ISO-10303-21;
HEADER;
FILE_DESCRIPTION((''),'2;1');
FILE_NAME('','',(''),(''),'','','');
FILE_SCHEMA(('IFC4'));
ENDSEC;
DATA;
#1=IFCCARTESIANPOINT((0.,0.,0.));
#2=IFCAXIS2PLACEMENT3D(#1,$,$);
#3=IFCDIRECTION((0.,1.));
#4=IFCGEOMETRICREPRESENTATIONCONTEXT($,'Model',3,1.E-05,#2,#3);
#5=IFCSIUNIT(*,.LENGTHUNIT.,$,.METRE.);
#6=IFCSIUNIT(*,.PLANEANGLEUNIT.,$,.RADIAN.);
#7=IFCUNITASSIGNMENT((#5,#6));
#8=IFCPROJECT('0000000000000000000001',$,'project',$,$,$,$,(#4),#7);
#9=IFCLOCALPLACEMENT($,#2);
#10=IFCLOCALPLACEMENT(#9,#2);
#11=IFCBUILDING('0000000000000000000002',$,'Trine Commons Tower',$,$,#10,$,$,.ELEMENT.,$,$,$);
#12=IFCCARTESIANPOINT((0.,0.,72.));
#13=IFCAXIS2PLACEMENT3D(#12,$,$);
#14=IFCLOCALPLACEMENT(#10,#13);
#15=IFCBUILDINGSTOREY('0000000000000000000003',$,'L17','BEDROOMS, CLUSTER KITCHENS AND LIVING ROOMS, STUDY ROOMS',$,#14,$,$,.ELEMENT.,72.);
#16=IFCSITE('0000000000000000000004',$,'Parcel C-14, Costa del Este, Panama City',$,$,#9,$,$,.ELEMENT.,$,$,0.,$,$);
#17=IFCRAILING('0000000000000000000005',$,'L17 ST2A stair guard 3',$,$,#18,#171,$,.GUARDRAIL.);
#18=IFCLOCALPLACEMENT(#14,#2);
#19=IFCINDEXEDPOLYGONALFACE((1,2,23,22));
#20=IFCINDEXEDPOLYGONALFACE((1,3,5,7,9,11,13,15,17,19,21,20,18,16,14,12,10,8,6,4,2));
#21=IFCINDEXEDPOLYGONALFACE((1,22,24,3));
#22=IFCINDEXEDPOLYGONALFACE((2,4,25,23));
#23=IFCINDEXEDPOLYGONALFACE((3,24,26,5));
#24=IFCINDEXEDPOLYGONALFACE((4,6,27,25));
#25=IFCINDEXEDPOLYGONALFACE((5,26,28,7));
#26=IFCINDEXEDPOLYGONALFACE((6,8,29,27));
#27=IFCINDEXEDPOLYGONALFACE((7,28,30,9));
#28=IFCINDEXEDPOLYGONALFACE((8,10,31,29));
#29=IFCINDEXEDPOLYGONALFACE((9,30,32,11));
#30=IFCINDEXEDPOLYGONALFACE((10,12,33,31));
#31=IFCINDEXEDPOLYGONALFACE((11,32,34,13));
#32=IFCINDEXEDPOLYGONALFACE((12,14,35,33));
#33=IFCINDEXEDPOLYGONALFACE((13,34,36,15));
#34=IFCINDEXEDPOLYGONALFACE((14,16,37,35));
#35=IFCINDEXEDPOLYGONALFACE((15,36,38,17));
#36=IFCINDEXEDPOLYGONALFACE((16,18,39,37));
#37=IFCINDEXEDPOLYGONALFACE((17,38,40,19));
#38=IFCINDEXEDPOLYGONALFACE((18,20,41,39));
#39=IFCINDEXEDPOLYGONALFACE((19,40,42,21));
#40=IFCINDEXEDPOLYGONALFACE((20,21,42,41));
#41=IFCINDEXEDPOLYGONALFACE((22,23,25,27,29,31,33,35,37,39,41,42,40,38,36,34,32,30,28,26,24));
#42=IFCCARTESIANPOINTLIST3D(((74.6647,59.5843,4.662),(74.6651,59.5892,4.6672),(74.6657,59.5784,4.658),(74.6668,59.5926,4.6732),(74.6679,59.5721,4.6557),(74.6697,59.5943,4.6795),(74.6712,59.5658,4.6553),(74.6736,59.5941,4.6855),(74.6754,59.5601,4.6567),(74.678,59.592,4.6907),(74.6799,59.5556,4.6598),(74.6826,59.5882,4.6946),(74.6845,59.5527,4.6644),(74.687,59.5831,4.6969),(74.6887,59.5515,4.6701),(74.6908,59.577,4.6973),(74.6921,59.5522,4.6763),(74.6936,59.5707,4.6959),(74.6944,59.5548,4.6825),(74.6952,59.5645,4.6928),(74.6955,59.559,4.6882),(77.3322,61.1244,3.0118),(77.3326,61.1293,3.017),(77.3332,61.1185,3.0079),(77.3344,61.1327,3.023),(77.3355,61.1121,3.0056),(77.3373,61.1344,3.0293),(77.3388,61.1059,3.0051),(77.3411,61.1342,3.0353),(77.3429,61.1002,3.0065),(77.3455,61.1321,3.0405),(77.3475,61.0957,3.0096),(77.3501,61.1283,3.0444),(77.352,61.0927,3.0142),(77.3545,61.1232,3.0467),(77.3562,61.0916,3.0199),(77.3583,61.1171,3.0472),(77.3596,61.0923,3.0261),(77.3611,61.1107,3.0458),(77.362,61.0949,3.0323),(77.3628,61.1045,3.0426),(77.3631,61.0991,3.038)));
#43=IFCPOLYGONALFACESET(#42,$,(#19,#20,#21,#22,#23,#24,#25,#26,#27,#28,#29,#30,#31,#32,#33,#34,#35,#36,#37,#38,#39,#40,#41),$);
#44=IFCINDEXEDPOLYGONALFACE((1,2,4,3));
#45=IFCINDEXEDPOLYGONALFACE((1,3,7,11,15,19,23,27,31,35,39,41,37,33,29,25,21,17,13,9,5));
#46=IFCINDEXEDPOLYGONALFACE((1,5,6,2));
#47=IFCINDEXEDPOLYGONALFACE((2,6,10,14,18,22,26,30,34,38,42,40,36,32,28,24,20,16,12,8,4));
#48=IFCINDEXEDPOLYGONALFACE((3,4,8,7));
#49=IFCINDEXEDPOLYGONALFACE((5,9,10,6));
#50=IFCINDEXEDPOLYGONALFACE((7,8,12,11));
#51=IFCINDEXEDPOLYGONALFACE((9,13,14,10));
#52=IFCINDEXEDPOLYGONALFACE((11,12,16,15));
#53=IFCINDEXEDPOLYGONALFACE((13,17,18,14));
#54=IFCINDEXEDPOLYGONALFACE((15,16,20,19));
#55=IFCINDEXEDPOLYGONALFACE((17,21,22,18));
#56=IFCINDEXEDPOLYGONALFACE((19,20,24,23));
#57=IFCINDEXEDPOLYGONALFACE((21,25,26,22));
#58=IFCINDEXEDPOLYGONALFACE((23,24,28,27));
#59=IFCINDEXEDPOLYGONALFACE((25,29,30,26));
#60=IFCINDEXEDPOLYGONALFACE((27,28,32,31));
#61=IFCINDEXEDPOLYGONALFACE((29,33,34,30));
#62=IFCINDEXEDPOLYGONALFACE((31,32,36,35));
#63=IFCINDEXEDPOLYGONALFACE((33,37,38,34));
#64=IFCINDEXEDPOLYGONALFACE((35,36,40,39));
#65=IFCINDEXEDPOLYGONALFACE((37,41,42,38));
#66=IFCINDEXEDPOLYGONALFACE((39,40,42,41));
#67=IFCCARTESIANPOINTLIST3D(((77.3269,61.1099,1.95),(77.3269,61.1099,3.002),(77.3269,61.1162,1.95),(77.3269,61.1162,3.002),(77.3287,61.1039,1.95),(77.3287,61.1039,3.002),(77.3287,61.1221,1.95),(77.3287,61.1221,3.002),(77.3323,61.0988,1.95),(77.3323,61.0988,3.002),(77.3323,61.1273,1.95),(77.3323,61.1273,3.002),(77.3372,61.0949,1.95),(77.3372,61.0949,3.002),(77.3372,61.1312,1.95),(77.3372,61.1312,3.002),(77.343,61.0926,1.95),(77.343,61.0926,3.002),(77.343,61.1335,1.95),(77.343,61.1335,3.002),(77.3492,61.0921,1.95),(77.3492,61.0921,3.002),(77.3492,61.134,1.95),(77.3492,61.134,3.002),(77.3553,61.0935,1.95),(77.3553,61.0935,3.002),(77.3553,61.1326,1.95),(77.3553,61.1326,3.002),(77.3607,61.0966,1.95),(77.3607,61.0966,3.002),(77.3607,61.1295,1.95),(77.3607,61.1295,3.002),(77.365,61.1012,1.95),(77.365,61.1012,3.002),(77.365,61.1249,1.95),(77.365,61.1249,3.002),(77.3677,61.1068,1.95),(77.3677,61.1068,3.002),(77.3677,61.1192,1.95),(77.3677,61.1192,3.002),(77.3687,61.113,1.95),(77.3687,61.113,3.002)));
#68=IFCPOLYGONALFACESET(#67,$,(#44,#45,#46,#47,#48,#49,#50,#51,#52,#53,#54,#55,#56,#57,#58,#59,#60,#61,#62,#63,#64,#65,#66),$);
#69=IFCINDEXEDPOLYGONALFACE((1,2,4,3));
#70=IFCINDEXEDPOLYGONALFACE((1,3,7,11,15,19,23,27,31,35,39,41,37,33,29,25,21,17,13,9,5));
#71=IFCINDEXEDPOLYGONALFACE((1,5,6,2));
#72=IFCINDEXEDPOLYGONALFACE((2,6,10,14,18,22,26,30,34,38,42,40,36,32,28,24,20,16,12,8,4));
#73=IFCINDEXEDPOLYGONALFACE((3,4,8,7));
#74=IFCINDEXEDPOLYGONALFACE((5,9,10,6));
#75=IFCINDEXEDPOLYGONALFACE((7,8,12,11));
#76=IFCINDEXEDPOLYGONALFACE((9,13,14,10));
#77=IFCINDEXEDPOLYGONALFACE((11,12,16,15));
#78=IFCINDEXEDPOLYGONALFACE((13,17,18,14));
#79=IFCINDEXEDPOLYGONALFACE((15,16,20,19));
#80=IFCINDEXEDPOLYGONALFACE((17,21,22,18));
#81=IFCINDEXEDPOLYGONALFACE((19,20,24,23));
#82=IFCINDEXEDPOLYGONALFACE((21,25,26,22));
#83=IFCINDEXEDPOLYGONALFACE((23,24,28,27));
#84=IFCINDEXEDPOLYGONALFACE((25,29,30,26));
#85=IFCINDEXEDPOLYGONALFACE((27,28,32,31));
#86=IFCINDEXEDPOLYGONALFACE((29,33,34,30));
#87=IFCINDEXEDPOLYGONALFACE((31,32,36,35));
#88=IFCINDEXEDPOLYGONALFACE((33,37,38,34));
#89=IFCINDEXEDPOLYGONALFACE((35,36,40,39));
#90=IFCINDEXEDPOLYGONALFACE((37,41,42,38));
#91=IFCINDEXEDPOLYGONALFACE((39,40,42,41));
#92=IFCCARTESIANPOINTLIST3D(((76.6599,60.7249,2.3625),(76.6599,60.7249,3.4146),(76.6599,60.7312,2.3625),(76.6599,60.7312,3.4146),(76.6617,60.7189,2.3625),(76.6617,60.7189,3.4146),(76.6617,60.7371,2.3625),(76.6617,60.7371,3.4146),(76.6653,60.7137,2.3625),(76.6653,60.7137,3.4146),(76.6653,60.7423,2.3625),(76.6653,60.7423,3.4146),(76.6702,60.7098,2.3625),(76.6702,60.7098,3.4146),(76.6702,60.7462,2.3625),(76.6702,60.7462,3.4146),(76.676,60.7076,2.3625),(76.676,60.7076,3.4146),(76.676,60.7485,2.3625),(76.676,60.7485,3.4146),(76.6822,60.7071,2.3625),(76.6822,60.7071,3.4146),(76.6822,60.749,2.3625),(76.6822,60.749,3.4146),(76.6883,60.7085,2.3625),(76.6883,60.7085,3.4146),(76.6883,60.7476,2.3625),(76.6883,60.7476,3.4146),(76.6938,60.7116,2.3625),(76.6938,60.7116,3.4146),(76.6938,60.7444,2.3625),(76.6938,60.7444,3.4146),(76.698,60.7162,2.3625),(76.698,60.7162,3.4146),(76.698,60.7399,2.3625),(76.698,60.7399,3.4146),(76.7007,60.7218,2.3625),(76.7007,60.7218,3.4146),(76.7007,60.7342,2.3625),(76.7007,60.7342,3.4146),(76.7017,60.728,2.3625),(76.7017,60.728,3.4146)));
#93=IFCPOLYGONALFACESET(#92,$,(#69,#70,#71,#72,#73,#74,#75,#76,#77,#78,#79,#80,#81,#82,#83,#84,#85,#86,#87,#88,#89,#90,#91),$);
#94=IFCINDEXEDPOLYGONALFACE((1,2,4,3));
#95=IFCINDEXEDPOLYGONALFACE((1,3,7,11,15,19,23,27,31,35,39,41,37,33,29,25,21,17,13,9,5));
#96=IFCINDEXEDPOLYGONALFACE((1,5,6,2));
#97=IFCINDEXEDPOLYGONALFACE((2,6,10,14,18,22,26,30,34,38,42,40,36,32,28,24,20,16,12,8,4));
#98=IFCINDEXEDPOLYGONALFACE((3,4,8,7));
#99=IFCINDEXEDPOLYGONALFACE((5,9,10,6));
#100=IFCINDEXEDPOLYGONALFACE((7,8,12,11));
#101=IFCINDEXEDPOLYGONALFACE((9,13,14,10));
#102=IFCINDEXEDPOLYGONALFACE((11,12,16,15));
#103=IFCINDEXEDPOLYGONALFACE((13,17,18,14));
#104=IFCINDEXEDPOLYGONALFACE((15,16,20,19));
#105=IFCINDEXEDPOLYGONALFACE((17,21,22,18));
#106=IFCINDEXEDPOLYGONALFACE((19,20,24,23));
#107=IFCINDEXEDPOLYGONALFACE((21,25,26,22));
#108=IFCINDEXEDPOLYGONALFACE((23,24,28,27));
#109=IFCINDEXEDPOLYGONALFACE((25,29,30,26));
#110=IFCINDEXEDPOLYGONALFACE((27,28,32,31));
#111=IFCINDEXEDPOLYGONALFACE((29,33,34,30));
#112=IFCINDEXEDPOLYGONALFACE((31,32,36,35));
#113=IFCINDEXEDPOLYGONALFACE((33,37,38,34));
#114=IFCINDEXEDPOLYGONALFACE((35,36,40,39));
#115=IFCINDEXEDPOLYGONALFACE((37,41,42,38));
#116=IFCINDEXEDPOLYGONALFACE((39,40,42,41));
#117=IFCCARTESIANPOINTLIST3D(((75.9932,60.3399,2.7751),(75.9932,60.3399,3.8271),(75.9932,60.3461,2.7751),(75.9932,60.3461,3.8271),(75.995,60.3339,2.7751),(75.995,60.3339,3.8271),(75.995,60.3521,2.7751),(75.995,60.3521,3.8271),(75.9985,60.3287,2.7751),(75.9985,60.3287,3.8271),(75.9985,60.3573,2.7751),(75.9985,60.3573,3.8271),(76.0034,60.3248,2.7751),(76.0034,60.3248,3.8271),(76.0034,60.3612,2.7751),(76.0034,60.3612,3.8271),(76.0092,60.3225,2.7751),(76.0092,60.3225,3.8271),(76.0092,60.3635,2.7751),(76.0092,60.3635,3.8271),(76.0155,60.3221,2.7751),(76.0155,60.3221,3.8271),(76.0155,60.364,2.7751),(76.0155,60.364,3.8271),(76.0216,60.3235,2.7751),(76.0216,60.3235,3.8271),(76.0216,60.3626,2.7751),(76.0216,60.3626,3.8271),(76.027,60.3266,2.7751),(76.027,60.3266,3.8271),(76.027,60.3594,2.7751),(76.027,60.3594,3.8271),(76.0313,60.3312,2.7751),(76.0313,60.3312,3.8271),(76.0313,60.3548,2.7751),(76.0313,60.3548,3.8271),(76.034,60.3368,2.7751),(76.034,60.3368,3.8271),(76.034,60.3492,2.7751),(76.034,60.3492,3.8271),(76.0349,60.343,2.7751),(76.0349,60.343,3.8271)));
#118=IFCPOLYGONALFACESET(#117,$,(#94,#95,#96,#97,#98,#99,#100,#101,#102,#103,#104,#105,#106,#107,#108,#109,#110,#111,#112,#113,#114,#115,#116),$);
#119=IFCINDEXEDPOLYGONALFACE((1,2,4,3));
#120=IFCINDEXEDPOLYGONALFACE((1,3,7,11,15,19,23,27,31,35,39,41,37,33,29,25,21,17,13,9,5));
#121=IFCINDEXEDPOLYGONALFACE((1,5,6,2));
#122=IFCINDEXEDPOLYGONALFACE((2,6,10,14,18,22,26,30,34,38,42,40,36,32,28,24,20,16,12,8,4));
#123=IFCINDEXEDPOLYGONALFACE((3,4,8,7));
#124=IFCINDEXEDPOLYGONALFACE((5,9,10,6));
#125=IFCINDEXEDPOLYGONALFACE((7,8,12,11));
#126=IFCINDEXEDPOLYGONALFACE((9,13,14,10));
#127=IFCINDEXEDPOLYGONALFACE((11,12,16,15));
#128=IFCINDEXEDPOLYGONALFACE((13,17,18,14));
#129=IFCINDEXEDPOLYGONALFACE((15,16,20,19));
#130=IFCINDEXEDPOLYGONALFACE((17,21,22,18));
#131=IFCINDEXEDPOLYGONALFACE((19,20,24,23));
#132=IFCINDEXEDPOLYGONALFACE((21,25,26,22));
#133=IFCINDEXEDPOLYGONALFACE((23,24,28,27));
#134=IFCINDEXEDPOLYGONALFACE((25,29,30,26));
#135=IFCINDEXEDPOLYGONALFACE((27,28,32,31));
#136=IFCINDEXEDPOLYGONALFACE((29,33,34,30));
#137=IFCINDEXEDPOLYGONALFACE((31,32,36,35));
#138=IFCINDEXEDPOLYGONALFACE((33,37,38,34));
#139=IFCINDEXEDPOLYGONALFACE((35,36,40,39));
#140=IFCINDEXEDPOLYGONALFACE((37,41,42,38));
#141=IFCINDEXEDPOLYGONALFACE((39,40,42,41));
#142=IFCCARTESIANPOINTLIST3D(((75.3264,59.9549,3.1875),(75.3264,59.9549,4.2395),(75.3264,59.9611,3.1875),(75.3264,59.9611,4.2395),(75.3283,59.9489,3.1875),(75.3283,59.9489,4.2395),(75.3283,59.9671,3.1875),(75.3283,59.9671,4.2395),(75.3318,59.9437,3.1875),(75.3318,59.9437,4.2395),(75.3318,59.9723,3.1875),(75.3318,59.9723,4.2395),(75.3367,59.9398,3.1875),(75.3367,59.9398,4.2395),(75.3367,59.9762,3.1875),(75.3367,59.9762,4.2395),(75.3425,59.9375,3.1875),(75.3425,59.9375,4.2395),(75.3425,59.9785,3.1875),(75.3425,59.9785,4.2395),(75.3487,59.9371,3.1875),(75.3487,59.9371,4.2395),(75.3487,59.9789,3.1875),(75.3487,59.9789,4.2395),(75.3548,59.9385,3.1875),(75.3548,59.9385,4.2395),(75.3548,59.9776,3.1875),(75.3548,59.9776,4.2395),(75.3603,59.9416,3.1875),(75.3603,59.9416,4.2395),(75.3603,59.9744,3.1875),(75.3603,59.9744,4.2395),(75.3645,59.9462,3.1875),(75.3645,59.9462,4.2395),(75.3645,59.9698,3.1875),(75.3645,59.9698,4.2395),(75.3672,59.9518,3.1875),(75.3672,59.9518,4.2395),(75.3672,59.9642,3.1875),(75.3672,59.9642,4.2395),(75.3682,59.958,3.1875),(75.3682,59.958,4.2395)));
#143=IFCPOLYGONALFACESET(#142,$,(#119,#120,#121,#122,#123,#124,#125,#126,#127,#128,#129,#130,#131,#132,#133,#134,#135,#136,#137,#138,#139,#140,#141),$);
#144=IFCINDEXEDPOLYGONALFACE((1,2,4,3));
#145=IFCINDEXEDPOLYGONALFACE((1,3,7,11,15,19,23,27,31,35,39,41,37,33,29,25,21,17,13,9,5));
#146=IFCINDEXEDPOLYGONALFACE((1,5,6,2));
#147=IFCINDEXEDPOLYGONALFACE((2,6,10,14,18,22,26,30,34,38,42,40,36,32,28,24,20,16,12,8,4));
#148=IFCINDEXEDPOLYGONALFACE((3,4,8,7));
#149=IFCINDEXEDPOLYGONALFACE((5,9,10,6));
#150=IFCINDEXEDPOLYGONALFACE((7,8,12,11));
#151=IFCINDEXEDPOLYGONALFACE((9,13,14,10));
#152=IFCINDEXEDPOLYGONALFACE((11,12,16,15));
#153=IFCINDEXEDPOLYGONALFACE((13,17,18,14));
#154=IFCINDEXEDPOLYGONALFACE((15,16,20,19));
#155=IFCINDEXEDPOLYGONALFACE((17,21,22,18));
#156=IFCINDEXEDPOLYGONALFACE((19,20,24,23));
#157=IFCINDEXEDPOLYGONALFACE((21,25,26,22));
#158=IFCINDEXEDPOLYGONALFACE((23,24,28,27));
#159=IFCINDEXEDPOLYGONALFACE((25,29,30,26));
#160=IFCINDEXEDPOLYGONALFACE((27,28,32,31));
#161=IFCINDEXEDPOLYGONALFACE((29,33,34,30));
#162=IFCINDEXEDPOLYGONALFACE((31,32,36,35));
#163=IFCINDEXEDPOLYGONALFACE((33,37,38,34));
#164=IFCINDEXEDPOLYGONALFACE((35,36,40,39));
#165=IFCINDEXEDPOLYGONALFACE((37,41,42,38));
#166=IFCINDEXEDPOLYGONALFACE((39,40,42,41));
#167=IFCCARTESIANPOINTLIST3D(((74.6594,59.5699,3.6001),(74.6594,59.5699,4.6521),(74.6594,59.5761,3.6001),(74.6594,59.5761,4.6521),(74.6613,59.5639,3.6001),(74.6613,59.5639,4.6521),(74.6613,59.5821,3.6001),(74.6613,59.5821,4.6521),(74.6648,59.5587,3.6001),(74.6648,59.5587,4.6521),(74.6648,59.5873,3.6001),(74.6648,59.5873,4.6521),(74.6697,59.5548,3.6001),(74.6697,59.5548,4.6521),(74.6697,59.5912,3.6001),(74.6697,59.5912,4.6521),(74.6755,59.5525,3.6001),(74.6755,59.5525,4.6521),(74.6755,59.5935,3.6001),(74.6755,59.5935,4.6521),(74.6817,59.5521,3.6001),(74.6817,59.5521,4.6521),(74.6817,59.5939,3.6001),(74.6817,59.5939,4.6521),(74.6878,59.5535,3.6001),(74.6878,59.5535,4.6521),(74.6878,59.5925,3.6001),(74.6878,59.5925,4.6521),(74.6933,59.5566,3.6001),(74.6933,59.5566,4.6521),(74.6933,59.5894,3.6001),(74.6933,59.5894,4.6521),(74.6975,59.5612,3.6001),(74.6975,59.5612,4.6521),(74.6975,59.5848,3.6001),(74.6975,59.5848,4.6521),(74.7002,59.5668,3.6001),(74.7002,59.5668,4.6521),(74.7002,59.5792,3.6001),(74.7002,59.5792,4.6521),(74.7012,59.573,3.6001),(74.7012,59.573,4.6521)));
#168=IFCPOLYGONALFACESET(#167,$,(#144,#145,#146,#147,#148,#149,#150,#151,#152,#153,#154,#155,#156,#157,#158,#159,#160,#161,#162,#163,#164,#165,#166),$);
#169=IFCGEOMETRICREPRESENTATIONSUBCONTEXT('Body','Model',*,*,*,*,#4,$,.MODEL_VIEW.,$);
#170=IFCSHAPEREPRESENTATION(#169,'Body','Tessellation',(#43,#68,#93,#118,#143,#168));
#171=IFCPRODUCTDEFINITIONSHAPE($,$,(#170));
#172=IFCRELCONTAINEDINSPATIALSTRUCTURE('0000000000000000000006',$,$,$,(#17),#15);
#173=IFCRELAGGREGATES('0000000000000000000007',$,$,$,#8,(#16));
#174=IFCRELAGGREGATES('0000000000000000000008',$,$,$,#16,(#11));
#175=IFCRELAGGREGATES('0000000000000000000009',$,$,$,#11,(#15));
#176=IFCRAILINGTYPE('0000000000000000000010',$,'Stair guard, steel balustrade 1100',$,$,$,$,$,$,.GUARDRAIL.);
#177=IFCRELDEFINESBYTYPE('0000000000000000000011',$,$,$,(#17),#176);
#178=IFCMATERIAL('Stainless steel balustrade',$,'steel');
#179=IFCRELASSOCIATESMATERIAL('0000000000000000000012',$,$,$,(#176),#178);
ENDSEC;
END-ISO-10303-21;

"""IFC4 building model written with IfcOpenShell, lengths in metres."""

from ifc_helpers import new_model, si_unit, direction, frame, origin, origin_2d, place, context, subcontext, project, spatial, circle, extrude, material, type_object, element, save


model = new_model("IFC4")

# Units and contexts
model_context = context("Model", 3, precision=1e-05, world=origin(), true_north=direction((0.0, 1.0)))
body_context = subcontext(model_context, "Body", "Model", "MODEL_VIEW")
ifc_project = project(units=[si_unit("LENGTHUNIT", "METRE"), si_unit("PLANEANGLEUNIT", "RADIAN")], contexts=[model_context])

# Site, building, storey
site_placement = place(None, origin())
site = spatial("IfcSite", under=ifc_project, at=site_placement, Name="Parcel C-14, Costa del Este, Panama City", CompositionType="ELEMENT", RefElevation=0.0)
building_placement = place(site_placement, origin())
building = spatial("IfcBuilding", under=site, at=building_placement, Name="Trine Commons Tower", CompositionType="ELEMENT")
storey_placement = place(building_placement, frame((0.0, 0.0, 72.0)))
storey = spatial("IfcBuildingStorey", under=building, at=storey_placement, Name="L17", Description="BEDROOMS, CLUSTER KITCHENS AND LIVING ROOMS, STUDY ROOMS", CompositionType="ELEMENT", Elevation=72.0)

# Railing
ifc_material_1 = material(Name="Stainless steel balustrade", Category="steel")
railing_type_1 = type_object("IfcRailingType", Name="Stair guard, steel balustrade 1100", PredefinedType="GUARDRAIL", material=ifc_material_1)
railing_1_placement = place(storey_placement, frame((77.3477, 61.113, 1.95)))
element("IfcRailing", 1, at=railing_1_placement, inside=storey, type_object=railing_type_1, Name="L17 ST2A stair guard 3", PredefinedType="GUARDRAIL", context=body_context, shape_type="SweptSolid", body=[
    extrude(circle(Radius=0.0239, at=origin_2d()), frame((0.0, 0.0, 1.0762), z_axis=(-0.76338, -0.440728, 0.472239), x_axis=(0.499992, -0.86603, 0.0)), (0.0, 0.0, 1.0), 3.4944),
    extrude(circle(Radius=0.021, at=origin_2d()), origin(), (0.0, 0.0, 1.0), 1.052),
    extrude(circle(Radius=0.021, at=origin_2d()), frame((-0.667, -0.385, 0.4126)), (0.0, 0.0, 1.0), 1.052),
    extrude(circle(Radius=0.021, at=origin_2d()), frame((-1.3337, -0.77, 0.8252)), (0.0, 0.0, 1.0), 1.052),
    extrude(circle(Radius=0.021, at=origin_2d()), frame((-2.0005, -1.155, 1.2375)), (0.0, 0.0, 1.0), 1.052),
    extrude(circle(Radius=0.021, at=origin_2d()), frame((-2.6675, -1.54, 1.6501)), (0.0, 0.0, 1.0), 1.052),
])

save(model, "model.ifc")
